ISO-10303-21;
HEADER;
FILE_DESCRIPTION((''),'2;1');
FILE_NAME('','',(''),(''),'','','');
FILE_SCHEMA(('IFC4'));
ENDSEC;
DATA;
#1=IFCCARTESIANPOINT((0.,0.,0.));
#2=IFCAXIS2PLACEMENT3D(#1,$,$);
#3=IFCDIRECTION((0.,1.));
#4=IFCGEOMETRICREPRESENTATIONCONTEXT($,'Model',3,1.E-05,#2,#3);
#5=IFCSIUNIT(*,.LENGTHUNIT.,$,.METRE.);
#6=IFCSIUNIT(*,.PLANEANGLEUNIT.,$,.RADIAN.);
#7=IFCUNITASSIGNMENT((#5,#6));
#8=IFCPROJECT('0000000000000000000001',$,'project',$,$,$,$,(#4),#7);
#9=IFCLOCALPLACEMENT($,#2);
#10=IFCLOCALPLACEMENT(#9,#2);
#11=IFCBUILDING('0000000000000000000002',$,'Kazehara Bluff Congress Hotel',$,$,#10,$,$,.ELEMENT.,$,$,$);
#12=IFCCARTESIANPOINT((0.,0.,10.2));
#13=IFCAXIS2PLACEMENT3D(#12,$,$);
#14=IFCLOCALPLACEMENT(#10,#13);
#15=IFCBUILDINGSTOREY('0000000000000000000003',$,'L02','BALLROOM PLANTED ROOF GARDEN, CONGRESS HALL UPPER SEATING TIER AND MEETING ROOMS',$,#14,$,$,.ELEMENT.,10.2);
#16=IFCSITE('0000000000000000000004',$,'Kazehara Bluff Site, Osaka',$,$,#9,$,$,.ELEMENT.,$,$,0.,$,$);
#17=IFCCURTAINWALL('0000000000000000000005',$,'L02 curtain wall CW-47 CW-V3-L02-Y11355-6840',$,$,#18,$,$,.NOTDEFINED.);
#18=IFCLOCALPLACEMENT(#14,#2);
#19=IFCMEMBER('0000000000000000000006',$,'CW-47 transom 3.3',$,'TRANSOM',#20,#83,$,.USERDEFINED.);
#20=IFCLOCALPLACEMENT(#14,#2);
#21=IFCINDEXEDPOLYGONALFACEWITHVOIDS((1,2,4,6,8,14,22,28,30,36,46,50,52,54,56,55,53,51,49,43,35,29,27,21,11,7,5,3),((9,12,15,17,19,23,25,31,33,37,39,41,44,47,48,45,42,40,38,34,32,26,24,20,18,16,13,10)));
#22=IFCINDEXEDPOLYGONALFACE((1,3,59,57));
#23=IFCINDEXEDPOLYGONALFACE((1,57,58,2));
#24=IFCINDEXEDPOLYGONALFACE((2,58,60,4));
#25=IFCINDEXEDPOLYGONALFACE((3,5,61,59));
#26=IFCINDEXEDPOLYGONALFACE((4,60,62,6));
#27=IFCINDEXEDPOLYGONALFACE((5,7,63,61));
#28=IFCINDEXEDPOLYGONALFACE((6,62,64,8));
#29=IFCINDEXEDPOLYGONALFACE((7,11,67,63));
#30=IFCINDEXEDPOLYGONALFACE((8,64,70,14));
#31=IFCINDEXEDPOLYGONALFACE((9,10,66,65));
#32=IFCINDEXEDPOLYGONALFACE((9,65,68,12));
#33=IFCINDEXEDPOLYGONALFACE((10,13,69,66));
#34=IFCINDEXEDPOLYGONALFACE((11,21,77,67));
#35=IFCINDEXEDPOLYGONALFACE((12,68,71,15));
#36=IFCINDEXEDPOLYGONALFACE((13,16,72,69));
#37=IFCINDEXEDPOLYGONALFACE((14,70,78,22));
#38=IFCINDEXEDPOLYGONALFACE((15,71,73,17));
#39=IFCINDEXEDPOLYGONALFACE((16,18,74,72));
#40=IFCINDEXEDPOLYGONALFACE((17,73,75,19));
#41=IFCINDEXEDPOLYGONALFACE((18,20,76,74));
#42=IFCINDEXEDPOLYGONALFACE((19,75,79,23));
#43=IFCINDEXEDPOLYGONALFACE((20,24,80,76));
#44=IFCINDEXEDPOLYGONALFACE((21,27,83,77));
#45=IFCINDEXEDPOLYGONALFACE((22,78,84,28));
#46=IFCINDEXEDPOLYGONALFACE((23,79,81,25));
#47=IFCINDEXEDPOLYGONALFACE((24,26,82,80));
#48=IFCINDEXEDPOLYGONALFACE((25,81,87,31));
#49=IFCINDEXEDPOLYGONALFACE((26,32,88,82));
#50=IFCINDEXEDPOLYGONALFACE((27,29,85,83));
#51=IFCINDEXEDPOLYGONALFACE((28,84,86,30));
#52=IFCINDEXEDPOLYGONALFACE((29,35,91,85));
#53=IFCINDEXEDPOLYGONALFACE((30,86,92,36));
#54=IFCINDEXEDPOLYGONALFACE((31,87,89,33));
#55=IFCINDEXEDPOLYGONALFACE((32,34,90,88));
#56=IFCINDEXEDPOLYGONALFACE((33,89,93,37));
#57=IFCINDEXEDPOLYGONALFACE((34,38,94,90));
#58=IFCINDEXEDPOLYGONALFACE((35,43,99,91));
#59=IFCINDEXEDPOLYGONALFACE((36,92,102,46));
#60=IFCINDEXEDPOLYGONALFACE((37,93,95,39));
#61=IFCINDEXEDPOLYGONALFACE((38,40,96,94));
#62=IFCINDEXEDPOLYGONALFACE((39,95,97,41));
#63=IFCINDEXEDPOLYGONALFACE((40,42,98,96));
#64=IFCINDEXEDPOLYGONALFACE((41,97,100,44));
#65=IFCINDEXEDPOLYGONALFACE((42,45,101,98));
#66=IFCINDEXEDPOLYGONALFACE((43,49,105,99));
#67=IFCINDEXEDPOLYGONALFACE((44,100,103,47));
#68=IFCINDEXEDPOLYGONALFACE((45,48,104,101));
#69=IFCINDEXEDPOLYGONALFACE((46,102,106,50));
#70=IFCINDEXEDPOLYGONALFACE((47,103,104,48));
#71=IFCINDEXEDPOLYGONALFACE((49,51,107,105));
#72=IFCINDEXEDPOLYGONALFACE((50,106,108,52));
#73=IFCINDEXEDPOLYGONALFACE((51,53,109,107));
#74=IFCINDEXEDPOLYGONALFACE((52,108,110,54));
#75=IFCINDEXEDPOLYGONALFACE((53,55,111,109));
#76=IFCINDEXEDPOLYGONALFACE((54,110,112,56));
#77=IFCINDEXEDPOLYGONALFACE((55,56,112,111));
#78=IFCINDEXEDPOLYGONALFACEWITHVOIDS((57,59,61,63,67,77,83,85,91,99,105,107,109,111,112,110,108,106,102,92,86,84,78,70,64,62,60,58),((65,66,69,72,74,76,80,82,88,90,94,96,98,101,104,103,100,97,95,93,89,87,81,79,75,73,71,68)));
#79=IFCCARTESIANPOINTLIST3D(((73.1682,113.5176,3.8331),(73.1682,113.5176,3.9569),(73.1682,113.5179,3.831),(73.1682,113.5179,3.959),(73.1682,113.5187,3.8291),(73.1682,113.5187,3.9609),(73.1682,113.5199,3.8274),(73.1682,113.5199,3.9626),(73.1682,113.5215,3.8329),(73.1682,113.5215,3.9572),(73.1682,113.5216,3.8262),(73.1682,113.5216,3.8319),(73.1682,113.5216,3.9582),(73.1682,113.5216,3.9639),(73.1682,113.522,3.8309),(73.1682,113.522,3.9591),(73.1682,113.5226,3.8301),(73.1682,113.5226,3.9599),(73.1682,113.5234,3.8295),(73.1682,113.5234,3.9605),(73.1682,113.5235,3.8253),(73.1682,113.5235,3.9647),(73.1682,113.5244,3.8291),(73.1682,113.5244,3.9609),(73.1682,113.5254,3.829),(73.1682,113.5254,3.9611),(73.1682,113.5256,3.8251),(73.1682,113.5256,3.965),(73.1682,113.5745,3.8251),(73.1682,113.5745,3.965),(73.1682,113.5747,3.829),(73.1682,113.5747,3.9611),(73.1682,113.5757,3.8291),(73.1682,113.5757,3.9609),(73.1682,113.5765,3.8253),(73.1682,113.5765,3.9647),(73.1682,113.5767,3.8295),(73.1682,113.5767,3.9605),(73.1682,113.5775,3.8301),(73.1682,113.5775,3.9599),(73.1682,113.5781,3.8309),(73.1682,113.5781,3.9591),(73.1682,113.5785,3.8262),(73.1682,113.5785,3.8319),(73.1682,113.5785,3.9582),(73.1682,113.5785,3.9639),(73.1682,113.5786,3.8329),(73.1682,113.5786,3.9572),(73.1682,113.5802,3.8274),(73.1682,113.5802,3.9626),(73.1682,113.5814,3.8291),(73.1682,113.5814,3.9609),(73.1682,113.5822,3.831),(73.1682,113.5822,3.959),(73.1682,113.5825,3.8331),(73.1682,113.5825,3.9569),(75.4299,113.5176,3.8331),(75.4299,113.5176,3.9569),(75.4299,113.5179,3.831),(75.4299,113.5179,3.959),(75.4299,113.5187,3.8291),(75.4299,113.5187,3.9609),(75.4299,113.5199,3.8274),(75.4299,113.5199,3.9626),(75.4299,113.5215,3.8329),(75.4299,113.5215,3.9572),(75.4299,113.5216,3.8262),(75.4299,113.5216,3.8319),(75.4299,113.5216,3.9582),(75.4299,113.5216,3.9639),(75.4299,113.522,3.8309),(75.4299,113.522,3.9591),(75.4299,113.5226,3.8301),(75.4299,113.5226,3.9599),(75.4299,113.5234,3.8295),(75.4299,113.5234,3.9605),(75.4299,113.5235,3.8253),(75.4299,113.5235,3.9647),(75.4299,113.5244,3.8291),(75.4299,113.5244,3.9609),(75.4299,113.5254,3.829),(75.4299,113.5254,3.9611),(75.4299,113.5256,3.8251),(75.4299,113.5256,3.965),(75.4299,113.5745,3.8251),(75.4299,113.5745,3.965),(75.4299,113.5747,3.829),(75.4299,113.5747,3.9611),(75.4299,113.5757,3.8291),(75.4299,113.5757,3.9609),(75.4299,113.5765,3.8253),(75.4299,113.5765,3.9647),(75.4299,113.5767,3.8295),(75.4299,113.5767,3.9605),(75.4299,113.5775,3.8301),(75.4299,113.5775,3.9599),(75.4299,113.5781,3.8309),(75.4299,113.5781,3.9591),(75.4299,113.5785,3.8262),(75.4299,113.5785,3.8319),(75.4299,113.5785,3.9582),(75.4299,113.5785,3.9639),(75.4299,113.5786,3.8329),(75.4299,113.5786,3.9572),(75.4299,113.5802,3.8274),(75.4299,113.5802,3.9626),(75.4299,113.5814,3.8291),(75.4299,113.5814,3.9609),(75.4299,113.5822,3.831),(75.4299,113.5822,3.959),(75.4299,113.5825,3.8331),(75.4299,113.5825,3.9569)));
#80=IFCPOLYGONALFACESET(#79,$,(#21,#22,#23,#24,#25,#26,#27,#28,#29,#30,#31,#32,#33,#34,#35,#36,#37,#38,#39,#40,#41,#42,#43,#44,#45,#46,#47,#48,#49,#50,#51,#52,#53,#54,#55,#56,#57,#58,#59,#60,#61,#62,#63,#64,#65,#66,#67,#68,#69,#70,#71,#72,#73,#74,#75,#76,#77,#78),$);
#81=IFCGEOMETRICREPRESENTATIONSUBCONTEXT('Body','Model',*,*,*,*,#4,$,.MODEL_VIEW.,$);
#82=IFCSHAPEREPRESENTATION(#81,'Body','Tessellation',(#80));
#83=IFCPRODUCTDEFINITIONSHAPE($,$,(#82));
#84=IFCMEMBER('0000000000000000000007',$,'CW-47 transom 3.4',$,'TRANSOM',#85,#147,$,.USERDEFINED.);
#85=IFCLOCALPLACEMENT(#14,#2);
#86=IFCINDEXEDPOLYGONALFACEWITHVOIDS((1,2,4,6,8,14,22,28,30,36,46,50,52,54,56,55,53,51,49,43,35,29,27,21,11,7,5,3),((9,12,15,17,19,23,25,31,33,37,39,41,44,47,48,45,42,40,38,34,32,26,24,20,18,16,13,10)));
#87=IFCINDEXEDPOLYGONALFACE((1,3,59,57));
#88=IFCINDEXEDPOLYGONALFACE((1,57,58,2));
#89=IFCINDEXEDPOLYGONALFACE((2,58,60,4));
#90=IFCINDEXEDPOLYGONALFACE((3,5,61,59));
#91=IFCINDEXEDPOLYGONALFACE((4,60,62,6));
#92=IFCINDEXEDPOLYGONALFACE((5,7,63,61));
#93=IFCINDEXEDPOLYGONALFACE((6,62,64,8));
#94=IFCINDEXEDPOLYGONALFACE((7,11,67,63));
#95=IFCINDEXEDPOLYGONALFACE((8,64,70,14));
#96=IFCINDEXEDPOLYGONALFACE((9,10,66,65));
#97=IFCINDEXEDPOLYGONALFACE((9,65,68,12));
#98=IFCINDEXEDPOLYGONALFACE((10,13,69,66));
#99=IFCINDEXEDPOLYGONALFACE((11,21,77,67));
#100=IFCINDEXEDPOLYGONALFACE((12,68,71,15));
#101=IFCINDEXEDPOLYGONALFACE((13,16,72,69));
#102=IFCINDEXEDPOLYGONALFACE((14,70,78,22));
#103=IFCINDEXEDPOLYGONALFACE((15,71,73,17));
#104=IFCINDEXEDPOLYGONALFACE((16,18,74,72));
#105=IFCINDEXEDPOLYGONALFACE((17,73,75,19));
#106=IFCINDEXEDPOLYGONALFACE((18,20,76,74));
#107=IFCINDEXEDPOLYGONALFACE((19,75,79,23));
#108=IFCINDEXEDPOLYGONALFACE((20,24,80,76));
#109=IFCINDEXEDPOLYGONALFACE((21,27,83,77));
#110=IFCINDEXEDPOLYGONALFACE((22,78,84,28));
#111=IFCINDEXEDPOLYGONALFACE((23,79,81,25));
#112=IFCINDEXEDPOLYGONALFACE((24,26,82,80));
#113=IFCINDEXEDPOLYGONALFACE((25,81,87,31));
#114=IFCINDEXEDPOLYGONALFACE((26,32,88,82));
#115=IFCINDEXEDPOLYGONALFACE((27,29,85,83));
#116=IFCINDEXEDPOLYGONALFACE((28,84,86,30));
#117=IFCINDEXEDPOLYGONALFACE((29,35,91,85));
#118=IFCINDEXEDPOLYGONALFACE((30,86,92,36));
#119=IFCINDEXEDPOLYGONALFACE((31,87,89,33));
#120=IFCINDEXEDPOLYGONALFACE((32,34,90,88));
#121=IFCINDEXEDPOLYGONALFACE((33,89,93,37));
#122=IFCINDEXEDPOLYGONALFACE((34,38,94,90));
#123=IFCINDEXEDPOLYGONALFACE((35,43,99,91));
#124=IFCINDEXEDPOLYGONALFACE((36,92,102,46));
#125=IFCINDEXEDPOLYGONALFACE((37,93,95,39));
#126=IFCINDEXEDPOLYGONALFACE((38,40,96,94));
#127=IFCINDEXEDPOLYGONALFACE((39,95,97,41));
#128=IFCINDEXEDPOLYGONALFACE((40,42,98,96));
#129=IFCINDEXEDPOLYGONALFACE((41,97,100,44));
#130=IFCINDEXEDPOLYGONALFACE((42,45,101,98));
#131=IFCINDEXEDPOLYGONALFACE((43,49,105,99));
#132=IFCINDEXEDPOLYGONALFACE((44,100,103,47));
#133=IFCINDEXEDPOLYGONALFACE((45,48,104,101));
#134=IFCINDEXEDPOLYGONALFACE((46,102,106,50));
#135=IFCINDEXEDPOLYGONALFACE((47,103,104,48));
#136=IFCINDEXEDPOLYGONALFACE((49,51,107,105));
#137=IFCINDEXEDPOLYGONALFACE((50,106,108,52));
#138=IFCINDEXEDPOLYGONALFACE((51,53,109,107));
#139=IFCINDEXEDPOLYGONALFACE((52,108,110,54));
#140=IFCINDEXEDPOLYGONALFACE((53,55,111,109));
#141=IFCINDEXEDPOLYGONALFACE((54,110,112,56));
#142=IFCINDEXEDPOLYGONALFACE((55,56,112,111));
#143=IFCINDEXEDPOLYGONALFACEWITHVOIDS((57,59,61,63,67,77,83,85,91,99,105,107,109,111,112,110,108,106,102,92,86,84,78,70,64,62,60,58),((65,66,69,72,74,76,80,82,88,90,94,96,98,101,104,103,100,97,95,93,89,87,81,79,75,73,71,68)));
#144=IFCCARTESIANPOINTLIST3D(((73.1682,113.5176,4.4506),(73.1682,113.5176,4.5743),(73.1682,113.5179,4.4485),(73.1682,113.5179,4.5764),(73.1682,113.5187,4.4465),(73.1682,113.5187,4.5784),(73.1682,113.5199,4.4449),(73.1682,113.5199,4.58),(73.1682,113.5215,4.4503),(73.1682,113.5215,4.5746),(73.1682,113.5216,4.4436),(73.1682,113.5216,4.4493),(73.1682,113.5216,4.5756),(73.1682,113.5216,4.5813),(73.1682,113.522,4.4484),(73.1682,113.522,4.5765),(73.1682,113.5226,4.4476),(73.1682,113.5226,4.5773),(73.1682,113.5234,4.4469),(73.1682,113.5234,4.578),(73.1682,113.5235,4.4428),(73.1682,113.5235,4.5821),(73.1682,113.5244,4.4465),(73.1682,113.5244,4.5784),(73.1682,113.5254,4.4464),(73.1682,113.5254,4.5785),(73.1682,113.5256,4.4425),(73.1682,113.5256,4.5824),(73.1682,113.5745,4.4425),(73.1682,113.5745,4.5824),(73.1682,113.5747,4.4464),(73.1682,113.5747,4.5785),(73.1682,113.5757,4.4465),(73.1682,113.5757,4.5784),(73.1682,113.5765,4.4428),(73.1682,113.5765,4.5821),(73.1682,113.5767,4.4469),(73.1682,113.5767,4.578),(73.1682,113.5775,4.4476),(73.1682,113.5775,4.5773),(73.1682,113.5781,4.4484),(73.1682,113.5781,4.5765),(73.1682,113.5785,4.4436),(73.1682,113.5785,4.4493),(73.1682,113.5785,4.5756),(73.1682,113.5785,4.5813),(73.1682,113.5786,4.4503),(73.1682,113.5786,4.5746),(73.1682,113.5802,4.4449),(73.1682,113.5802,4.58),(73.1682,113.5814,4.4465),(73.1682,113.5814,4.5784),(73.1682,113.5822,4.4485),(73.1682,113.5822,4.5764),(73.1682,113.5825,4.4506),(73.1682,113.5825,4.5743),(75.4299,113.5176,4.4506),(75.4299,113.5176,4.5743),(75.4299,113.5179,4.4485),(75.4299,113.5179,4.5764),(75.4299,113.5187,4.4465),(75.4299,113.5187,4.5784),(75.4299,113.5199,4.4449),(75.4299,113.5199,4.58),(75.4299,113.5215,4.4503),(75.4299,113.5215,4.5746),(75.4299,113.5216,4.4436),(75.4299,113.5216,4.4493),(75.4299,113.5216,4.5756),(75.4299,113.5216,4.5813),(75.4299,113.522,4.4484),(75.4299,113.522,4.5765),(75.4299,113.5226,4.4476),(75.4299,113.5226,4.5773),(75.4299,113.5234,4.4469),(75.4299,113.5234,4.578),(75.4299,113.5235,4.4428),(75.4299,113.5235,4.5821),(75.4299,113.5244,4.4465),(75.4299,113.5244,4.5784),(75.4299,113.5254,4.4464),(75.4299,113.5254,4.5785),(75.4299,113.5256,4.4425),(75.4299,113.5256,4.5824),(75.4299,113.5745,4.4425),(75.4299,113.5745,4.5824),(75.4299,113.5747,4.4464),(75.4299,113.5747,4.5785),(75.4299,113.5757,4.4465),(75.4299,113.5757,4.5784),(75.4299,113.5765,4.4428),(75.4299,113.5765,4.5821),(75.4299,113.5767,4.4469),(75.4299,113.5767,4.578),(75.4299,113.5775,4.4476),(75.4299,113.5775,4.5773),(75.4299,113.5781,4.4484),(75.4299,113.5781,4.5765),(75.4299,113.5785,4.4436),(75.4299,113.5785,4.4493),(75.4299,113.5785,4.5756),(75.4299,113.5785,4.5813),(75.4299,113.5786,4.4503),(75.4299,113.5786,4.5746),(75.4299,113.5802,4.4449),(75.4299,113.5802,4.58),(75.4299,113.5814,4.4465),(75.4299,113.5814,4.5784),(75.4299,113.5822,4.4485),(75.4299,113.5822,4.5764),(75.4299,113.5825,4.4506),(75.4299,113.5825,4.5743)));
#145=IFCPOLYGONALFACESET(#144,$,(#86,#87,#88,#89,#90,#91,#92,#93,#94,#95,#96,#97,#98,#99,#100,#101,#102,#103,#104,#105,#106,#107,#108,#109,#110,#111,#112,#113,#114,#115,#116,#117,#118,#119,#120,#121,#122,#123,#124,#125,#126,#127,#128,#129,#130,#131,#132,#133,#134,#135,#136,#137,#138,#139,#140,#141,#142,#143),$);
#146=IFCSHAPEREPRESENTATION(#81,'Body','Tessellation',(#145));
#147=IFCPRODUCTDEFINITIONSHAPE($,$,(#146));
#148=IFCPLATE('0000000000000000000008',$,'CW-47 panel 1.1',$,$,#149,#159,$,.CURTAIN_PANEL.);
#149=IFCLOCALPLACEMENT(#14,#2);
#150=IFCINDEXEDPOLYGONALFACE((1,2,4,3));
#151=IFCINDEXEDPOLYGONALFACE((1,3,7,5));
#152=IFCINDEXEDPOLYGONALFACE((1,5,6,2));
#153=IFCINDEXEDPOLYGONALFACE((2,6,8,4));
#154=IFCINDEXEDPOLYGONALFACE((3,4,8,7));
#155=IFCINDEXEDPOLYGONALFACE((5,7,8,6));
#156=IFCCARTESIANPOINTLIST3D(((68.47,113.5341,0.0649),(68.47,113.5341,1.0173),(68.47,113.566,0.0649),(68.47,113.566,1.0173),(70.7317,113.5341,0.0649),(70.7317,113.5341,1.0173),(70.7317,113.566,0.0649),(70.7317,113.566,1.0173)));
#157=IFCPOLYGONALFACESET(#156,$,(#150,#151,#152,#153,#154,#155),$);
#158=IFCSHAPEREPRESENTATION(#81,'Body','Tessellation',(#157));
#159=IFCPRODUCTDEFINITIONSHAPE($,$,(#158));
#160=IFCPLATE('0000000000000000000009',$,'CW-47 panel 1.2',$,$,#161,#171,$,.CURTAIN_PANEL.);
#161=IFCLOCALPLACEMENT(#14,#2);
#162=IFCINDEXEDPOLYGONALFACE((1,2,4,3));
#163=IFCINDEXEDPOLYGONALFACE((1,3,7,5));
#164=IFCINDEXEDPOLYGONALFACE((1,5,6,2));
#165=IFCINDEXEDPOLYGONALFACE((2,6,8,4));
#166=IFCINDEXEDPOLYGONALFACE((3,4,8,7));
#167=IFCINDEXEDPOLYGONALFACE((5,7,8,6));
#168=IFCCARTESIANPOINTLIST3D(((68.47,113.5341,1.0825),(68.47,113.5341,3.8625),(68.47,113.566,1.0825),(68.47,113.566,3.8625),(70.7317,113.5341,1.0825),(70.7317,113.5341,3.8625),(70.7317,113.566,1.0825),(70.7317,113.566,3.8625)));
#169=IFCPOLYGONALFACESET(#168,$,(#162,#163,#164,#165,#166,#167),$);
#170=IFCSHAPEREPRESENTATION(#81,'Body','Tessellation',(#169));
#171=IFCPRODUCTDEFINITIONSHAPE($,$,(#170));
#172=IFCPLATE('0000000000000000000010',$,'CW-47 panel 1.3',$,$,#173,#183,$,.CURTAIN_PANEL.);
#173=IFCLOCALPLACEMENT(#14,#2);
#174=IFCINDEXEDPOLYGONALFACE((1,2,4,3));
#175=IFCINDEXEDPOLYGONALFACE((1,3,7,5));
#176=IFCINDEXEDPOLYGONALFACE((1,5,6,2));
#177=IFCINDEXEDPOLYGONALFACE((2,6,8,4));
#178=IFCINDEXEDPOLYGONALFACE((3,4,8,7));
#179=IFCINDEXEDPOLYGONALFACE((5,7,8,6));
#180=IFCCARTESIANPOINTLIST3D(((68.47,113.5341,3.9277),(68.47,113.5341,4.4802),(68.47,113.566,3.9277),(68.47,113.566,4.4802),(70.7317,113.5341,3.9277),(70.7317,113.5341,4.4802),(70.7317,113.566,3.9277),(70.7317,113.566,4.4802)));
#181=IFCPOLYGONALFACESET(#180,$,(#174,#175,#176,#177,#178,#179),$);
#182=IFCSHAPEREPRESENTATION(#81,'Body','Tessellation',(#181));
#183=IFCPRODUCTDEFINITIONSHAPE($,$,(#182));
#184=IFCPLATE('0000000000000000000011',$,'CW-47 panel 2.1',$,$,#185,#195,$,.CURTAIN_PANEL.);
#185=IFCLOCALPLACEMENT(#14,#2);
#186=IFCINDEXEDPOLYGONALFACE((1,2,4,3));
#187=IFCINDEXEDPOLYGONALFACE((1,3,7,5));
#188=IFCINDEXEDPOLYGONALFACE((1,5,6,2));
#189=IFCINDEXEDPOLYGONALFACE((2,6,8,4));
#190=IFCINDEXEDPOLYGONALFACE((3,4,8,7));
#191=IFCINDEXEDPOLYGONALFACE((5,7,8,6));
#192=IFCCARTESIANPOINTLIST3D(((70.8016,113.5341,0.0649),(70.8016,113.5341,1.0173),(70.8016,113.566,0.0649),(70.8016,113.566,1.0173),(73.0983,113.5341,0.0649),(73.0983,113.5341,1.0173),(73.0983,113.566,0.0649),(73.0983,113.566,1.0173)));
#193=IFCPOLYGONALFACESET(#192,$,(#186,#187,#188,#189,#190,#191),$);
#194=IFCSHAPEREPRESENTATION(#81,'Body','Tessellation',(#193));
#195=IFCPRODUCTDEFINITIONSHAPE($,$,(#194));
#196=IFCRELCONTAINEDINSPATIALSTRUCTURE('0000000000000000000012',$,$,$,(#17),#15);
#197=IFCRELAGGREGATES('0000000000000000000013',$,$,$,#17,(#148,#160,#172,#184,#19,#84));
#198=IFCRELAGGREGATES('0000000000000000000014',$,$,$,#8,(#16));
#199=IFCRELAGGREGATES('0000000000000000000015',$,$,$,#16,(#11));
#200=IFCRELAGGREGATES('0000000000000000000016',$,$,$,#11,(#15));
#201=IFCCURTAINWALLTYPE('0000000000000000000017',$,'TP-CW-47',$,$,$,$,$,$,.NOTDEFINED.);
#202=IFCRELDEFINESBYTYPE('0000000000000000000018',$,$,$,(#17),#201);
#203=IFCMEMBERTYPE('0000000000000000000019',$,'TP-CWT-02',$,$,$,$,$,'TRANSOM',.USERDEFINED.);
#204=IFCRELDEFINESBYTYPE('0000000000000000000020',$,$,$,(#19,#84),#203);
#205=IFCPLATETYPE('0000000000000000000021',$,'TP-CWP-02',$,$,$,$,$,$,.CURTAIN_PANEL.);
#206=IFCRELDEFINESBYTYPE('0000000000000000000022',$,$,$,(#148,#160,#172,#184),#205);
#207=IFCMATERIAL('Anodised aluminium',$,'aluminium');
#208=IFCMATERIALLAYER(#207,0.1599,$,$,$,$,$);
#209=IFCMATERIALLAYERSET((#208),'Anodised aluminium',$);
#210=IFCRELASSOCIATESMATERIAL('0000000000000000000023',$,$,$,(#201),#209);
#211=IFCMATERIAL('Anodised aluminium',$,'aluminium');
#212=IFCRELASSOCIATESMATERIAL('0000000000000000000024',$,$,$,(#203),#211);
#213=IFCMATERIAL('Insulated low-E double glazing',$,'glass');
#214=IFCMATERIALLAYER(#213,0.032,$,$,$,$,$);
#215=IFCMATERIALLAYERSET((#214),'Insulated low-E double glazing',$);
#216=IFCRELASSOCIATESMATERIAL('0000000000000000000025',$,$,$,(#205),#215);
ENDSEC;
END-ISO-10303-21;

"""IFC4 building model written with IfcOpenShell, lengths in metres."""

from ifc_helpers import new_model, si_unit, direction, frame, origin, origin_2d, place, context, subcontext, project, spatial, rectangle, hollow_rectangle, extrude, material, layer, layer_set, material_profile, profile_set, type_object, element, aggregate, save


model = new_model("IFC4")

# Units and contexts
model_context = context("Model", 3, precision=1e-05, world=origin(), true_north=direction((0.0, 1.0)))
body_context = subcontext(model_context, "Body", "Model", "MODEL_VIEW")
ifc_project = project(units=[si_unit("LENGTHUNIT", "METRE"), si_unit("PLANEANGLEUNIT", "RADIAN")], contexts=[model_context])

# Site, building, storey
site_placement = place(None, origin())
site = spatial("IfcSite", under=ifc_project, at=site_placement, Name="Kazehara Bluff Site, Osaka", CompositionType="ELEMENT", RefElevation=0.0)
building_placement = place(site_placement, origin())
building = spatial("IfcBuilding", under=site, at=building_placement, Name="Kazehara Bluff Congress Hotel", CompositionType="ELEMENT")
storey_placement = place(building_placement, frame((0.0, 0.0, 10.2)))
storey = spatial("IfcBuildingStorey", under=building, at=storey_placement, Name="L02", Description="BALLROOM PLANTED ROOF GARDEN, CONGRESS HALL UPPER SEATING TIER AND MEETING ROOMS", CompositionType="ELEMENT", Elevation=10.2)

# Curtain wall, members, plates
ifc_material_1 = material(Name="Anodised aluminium", Category="aluminium")
ifc_layer_1 = layer(ifc_material_1, 0.1599)
ifc_layer_set_1 = layer_set([ifc_layer_1], Name="Anodised aluminium")
curtain_wall_type = type_object("IfcCurtainWallType", Name="TP-CW-47", PredefinedType="NOTDEFINED", material=ifc_layer_set_1)
curtain_wall_placement = place(storey_placement, origin())
curtain_wall = element("IfcCurtainWall", 1, at=curtain_wall_placement, inside=storey, type_object=curtain_wall_type, Name="L02 curtain wall CW-47 CW-V3-L02-Y11355-6840", PredefinedType="NOTDEFINED")
ifc_material_2 = material(Name="Anodised aluminium", Category="aluminium")
ifc_material_profile_1 = material_profile(ifc_material_2, hollow_rectangle(XDim=0.0649, YDim=0.1399, WallThickness=0.0039, InnerFilletRadius=0.0039, OuterFilletRadius=0.0081, at=origin_2d()))
ifc_profile_set_1 = profile_set([ifc_material_profile_1], Name="Anodised aluminium")
member_type_1 = type_object("IfcMemberType", Name="TP-CWT-02", ElementType="TRANSOM", PredefinedType="USERDEFINED", material=ifc_profile_set_1)
member_1_placement = place(storey_placement, frame((73.1682, 113.55, 3.895), z_axis=(1.0, 0.0, 0.0), x_axis=(0.0, 1.0, 0.0)))
member_1 = element("IfcMember", 2, at=member_1_placement, type_object=member_type_1, Name="CW-47 transom 3.3", ObjectType="TRANSOM", PredefinedType="USERDEFINED", context=body_context, shape_type="SweptSolid", body=[
    extrude(hollow_rectangle(XDim=0.0649, YDim=0.1399, WallThickness=0.0039, InnerFilletRadius=0.0039, OuterFilletRadius=0.0081, at=origin_2d()), origin(), (0.0, 0.0, 1.0), 2.2617),
])
member_2_placement = place(storey_placement, frame((73.1682, 113.55, 4.5125), z_axis=(1.0, 0.0, 0.0), x_axis=(0.0, 1.0, 0.0)))
member_2 = element("IfcMember", 3, at=member_2_placement, type_object=member_type_1, Name="CW-47 transom 3.4", ObjectType="TRANSOM", PredefinedType="USERDEFINED", context=body_context, shape_type="SweptSolid", body=[
    extrude(hollow_rectangle(XDim=0.0649, YDim=0.1399, WallThickness=0.0039, InnerFilletRadius=0.0039, OuterFilletRadius=0.0081, at=origin_2d()), origin(), (0.0, 0.0, 1.0), 2.2617),
])
ifc_material_3 = material(Name="Insulated low-E double glazing", Category="glass")
ifc_layer_2 = layer(ifc_material_3, 0.032)
ifc_layer_set_2 = layer_set([ifc_layer_2], Name="Insulated low-E double glazing")
plate_type = type_object("IfcPlateType", Name="TP-CWP-02", PredefinedType="CURTAIN_PANEL", material=ifc_layer_set_2)
plate_1_placement = place(storey_placement, frame((69.6008, 113.55, 0.0649), z_axis=(0.0, 0.0, 1.0), x_axis=(1.0, 0.0, 0.0)))
plate_1 = element("IfcPlate", 4, at=plate_1_placement, type_object=plate_type, Name="CW-47 panel 1.1", PredefinedType="CURTAIN_PANEL", context=body_context, shape_type="SweptSolid", body=[
    extrude(rectangle(XDim=2.2617, YDim=0.032, at=origin_2d()), origin(), (0.0, 0.0, 1.0), 0.9524),
])
plate_2_placement = place(storey_placement, frame((69.6008, 113.55, 1.0825), z_axis=(0.0, 0.0, 1.0), x_axis=(1.0, 0.0, 0.0)))
plate_2 = element("IfcPlate", 5, at=plate_2_placement, type_object=plate_type, Name="CW-47 panel 1.2", PredefinedType="CURTAIN_PANEL", context=body_context, shape_type="SweptSolid", body=[
    extrude(rectangle(XDim=2.2617, YDim=0.032, at=origin_2d()), origin(), (0.0, 0.0, 1.0), 2.78),
])
plate_3_placement = place(storey_placement, frame((69.6008, 113.55, 3.9277), z_axis=(0.0, 0.0, 1.0), x_axis=(1.0, 0.0, 0.0)))
plate_3 = element("IfcPlate", 6, at=plate_3_placement, type_object=plate_type, Name="CW-47 panel 1.3", PredefinedType="CURTAIN_PANEL", context=body_context, shape_type="SweptSolid", body=[
    extrude(rectangle(XDim=2.2617, YDim=0.032, at=origin_2d()), origin(), (0.0, 0.0, 1.0), 0.5525),
])
plate_4_placement = place(storey_placement, frame((71.95, 113.55, 0.0649), z_axis=(0.0, 0.0, 1.0), x_axis=(1.0, 0.0, 0.0)))
plate_4 = element("IfcPlate", 7, at=plate_4_placement, type_object=plate_type, Name="CW-47 panel 2.1", PredefinedType="CURTAIN_PANEL", context=body_context, shape_type="SweptSolid", body=[
    extrude(rectangle(XDim=2.2966, YDim=0.032, at=origin_2d()), origin(), (0.0, 0.0, 1.0), 0.9524),
])
aggregate(curtain_wall, [plate_1, plate_2, plate_3, plate_4, member_1, member_2])

save(model, "model.ifc")
